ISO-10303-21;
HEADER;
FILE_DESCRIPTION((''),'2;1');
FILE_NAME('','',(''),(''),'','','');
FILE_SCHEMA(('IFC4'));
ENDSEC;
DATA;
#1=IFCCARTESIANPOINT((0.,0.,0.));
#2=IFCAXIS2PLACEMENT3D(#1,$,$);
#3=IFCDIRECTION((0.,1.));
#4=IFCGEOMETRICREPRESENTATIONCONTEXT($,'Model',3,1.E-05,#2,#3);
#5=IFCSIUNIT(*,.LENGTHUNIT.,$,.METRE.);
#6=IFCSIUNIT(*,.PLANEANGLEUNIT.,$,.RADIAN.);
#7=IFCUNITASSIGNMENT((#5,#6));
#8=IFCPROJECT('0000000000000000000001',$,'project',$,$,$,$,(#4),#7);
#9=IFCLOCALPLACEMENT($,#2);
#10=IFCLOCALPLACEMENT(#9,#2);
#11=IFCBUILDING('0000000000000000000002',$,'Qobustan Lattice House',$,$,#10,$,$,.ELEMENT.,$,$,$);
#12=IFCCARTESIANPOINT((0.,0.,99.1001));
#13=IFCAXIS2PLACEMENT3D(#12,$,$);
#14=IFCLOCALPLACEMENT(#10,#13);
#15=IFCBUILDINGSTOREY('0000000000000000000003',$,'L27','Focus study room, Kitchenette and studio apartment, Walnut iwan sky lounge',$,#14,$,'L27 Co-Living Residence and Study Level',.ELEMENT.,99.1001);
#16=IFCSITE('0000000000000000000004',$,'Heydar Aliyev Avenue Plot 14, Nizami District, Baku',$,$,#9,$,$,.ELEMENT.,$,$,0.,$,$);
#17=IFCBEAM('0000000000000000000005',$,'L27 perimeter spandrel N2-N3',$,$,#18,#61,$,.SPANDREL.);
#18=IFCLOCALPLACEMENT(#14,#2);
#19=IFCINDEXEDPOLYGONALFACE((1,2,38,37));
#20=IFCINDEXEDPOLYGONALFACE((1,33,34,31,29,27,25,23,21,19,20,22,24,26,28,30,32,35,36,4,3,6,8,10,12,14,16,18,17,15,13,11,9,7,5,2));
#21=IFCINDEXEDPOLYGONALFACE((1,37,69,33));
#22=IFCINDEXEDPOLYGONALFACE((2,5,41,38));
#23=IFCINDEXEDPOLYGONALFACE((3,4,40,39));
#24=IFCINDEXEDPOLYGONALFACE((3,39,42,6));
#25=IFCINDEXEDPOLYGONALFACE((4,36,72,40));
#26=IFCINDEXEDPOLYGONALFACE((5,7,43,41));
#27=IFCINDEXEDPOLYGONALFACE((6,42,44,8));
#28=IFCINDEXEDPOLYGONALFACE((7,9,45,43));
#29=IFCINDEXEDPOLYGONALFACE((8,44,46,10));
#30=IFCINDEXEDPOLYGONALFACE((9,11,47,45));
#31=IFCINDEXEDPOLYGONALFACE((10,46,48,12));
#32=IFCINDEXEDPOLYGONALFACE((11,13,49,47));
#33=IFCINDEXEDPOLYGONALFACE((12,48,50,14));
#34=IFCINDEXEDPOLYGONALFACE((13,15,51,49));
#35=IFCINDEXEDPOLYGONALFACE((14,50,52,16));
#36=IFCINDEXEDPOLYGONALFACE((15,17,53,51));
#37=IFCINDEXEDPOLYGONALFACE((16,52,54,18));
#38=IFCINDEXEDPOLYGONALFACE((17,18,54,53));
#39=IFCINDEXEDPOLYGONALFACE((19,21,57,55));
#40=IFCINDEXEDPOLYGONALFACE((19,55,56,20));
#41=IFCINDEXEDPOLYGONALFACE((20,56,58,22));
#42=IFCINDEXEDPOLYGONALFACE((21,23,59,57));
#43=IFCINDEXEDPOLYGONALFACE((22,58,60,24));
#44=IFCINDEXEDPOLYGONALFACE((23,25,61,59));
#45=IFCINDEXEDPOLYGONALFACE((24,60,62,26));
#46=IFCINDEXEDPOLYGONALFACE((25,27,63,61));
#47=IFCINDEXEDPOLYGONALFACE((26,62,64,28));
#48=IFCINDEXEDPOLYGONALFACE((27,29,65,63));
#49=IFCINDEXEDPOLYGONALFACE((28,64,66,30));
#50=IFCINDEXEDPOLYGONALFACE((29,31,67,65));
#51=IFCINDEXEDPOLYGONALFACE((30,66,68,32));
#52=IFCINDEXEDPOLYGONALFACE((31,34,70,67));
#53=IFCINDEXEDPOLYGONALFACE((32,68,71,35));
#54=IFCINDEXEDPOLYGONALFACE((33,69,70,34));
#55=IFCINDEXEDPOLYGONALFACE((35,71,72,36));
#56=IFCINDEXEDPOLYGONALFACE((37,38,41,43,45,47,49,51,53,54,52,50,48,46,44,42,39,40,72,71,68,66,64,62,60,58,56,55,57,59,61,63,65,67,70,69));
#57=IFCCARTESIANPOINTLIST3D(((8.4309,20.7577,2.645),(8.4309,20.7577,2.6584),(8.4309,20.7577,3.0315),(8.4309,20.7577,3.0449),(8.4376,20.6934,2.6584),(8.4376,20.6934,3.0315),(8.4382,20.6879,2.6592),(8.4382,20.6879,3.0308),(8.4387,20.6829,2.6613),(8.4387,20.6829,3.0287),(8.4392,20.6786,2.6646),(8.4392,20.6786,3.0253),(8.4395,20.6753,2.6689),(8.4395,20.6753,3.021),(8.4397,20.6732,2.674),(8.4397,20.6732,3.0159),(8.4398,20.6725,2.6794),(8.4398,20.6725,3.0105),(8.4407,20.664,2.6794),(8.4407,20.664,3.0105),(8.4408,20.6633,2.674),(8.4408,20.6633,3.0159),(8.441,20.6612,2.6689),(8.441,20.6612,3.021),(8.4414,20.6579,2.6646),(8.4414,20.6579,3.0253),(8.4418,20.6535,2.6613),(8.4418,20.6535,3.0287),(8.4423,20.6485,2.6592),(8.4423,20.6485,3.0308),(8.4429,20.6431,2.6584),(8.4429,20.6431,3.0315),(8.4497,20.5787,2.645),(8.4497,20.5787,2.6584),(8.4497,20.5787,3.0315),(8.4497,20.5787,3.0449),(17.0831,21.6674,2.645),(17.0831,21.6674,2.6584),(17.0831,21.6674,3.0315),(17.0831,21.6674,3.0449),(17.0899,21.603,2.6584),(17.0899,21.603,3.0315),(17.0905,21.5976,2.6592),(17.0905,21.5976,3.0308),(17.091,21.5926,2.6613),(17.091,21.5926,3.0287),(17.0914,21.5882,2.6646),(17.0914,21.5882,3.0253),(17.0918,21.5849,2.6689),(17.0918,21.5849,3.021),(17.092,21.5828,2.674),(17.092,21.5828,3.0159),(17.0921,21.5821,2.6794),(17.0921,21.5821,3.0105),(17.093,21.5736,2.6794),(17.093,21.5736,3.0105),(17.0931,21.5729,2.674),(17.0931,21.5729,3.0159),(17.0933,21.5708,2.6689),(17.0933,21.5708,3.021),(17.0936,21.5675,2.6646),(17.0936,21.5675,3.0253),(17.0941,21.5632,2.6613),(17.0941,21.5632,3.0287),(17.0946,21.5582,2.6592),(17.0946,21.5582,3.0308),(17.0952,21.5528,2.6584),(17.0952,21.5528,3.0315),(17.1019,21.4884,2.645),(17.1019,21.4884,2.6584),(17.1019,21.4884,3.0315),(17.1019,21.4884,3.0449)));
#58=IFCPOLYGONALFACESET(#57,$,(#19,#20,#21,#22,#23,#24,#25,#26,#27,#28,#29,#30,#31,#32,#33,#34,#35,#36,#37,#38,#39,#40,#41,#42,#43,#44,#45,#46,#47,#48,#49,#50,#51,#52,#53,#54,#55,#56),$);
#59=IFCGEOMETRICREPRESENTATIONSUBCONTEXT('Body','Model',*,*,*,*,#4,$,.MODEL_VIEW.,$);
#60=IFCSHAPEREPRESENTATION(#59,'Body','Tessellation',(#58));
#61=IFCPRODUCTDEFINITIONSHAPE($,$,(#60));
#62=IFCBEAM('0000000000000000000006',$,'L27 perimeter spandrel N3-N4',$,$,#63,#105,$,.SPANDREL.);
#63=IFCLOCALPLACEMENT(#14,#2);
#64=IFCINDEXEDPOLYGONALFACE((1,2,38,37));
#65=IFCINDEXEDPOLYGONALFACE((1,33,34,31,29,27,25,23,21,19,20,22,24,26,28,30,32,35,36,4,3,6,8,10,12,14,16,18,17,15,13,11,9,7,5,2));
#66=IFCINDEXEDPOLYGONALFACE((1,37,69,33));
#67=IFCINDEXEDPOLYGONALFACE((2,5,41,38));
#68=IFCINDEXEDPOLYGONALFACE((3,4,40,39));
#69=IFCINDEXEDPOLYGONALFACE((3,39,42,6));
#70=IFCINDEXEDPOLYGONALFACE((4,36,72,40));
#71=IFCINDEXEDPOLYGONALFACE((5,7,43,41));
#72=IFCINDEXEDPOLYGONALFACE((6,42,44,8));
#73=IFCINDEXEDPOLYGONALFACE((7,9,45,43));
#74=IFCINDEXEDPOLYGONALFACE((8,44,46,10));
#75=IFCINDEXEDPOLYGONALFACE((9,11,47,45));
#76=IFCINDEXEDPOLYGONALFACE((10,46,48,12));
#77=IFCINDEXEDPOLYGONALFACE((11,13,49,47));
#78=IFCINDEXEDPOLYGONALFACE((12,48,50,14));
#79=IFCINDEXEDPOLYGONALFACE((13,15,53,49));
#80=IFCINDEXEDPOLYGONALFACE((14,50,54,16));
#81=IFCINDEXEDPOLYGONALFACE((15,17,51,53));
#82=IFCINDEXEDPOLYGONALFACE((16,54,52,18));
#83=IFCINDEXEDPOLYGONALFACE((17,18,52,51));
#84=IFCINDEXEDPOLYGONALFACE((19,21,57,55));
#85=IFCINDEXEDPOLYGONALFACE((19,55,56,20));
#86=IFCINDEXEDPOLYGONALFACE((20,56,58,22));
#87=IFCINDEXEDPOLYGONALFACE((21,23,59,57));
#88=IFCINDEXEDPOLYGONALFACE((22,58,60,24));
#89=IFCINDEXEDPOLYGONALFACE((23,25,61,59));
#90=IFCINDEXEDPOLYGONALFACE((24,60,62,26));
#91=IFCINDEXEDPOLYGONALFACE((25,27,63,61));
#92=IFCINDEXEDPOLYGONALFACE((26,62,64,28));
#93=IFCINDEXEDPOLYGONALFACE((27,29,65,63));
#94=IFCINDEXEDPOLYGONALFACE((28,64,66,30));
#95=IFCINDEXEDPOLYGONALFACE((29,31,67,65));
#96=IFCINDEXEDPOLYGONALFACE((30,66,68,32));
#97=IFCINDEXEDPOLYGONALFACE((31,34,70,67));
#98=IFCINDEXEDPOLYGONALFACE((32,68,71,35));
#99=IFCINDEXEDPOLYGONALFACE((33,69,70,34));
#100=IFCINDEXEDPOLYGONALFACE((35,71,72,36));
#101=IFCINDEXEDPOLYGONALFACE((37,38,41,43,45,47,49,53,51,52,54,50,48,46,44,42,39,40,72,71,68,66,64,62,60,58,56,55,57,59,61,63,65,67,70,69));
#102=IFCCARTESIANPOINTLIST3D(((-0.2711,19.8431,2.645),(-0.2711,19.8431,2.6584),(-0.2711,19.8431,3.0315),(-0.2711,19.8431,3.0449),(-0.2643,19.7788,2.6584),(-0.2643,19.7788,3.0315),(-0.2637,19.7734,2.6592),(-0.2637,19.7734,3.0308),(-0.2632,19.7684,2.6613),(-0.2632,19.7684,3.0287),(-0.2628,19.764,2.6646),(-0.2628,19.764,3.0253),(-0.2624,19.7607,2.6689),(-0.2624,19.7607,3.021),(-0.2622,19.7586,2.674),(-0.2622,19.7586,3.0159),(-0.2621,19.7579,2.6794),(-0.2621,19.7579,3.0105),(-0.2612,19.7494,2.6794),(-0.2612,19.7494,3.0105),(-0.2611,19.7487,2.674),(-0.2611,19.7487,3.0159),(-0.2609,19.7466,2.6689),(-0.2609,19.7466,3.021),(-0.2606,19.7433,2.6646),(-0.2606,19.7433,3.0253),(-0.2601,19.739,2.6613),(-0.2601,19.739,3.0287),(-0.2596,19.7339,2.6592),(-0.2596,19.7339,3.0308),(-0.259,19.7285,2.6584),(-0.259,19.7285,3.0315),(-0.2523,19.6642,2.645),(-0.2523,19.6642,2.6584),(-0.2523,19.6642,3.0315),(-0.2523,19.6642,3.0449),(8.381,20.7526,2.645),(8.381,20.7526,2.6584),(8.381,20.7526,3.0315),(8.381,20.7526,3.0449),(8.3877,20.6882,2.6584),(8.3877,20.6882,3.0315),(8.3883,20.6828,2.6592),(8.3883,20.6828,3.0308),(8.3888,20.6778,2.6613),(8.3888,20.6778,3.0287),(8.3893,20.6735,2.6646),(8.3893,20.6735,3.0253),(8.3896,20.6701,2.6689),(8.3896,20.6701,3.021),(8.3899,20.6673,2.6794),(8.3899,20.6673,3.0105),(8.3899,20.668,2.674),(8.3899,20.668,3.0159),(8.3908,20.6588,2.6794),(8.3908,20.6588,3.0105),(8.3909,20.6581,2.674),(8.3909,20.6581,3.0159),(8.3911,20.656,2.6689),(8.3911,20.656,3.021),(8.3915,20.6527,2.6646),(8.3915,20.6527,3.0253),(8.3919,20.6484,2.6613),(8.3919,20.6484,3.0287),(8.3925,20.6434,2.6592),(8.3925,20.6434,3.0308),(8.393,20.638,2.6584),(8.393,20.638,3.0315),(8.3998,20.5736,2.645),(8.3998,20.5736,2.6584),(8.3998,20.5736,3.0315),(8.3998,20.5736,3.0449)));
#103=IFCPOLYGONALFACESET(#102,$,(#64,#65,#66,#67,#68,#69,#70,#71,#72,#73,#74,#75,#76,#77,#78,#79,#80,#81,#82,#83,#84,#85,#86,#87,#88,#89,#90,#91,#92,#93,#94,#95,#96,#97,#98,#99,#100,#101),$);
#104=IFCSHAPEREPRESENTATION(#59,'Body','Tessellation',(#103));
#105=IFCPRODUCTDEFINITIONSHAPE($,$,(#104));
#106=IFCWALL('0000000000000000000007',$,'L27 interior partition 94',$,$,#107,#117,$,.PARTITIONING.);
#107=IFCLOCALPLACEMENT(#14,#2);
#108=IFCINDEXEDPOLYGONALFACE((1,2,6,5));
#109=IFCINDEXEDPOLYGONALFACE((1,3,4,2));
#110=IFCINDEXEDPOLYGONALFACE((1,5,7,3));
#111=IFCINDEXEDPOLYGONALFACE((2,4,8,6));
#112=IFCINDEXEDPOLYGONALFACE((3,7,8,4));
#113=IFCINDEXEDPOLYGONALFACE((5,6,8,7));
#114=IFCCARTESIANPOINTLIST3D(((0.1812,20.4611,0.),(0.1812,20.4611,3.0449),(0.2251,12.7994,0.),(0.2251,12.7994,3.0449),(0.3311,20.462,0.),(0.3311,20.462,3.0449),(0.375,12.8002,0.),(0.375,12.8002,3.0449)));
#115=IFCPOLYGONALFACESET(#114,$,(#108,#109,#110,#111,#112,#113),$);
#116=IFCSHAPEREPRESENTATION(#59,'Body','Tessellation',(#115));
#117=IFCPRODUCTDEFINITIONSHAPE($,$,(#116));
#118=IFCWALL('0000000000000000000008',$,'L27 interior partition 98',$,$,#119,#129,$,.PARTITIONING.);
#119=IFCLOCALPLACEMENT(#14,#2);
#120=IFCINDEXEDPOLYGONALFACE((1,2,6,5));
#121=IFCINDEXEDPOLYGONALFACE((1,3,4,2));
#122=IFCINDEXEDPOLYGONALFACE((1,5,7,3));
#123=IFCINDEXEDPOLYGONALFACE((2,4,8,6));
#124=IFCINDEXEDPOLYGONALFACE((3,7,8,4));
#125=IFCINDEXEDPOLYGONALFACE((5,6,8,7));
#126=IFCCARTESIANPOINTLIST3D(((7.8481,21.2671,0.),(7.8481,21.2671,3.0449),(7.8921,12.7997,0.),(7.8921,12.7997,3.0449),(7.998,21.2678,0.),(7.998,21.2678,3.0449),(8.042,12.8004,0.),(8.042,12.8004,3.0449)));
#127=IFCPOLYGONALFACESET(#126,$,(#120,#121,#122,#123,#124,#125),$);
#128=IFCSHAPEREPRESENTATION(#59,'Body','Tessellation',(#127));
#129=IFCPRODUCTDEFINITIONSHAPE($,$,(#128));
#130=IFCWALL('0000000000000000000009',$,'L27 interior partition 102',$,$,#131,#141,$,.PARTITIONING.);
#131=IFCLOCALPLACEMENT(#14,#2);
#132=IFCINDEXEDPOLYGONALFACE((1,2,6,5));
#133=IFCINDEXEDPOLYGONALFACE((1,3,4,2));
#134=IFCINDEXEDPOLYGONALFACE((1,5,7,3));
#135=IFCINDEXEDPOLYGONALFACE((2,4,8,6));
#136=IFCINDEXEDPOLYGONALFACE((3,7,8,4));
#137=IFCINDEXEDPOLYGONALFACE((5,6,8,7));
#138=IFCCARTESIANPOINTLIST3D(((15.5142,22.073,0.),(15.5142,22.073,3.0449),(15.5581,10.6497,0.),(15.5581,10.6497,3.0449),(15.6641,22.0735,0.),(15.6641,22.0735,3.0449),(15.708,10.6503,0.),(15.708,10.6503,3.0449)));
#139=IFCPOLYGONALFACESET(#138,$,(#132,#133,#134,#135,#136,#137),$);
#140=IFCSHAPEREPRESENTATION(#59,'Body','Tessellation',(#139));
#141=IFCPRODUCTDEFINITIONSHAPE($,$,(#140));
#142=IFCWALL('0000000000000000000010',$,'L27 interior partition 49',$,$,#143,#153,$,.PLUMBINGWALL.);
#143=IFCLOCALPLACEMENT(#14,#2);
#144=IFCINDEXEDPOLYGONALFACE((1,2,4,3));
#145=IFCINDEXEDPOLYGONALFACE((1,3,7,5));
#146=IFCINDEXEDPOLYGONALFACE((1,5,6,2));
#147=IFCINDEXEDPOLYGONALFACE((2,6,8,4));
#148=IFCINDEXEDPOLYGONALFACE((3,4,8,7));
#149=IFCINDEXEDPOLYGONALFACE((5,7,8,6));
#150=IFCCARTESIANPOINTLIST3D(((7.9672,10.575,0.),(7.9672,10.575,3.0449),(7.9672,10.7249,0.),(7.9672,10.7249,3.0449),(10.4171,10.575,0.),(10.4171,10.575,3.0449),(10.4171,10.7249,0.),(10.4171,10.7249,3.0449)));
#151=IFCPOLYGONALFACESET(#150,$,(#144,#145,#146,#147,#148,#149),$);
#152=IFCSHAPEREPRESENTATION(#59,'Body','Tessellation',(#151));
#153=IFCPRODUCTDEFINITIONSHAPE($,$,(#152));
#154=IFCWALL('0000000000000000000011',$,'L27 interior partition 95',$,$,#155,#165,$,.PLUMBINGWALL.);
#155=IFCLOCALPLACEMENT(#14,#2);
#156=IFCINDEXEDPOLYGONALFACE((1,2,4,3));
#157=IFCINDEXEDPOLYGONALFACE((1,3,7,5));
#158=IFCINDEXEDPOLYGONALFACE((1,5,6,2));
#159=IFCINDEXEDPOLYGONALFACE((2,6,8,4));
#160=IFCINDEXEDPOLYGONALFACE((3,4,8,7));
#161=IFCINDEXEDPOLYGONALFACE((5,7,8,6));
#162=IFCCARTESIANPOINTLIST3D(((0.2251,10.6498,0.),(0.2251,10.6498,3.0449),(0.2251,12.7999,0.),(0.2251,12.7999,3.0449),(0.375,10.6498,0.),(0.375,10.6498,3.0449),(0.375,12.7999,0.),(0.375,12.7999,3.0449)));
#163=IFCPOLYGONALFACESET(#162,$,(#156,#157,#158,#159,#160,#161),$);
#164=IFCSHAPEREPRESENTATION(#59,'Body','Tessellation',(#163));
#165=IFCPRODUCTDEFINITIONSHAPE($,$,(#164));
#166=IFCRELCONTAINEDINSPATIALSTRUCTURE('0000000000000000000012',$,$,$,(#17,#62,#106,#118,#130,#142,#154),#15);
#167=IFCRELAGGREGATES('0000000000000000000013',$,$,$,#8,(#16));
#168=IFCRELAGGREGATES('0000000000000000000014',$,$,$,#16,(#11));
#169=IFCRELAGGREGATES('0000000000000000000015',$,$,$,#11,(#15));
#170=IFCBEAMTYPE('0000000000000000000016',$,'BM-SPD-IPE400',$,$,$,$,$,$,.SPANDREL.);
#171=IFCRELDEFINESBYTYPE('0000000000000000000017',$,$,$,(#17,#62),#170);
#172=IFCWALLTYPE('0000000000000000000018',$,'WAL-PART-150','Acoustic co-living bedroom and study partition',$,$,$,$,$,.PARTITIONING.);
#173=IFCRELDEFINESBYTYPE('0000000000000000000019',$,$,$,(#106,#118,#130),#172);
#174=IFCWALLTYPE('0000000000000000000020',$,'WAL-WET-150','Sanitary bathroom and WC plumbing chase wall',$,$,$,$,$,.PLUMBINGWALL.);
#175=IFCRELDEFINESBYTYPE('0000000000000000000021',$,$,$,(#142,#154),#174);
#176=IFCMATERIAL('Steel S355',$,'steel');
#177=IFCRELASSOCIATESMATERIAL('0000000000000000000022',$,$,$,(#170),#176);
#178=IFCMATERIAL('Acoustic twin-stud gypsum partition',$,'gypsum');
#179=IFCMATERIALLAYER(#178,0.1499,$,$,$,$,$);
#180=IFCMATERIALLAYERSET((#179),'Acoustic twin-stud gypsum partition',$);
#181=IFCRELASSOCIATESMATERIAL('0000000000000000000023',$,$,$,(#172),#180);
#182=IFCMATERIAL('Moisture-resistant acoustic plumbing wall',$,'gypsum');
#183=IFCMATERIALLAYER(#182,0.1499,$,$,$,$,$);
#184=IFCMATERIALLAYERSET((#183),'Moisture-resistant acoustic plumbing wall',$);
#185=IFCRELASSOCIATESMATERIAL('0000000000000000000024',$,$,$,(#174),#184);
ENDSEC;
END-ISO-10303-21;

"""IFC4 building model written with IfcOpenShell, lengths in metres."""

from ifc_helpers import new_model, si_unit, direction, frame, frame_2d, origin, origin_2d, place, context, subcontext, project, spatial, rectangle, i_section, extrude, material, layer, layer_set, material_profile, profile_set, type_object, element, save


model = new_model("IFC4")

# Units and contexts
model_context = context("Model", 3, precision=1e-05, world=origin(), true_north=direction((0.0, 1.0)))
body_context = subcontext(model_context, "Body", "Model", "MODEL_VIEW")
ifc_project = project(units=[si_unit("LENGTHUNIT", "METRE"), si_unit("PLANEANGLEUNIT", "RADIAN")], contexts=[model_context])

# Site, building, storey
site_placement = place(None, origin())
site = spatial("IfcSite", under=ifc_project, at=site_placement, Name="Heydar Aliyev Avenue Plot 14, Nizami District, Baku", CompositionType="ELEMENT", RefElevation=0.0)
building_placement = place(site_placement, origin())
building = spatial("IfcBuilding", under=site, at=building_placement, Name="Qobustan Lattice House", CompositionType="ELEMENT")
storey_placement = place(building_placement, frame((0.0, 0.0, 99.1001)))
storey = spatial("IfcBuildingStorey", under=building, at=storey_placement, Name="L27", Description="Focus study room, Kitchenette and studio apartment, Walnut iwan sky lounge", LongName="L27 Co-Living Residence and Study Level", CompositionType="ELEMENT", Elevation=99.1001)

# Beams
ifc_material_1 = material(Name="Steel S355", Category="steel")
ifc_material_profile_1 = material_profile(ifc_material_1, i_section(OverallWidth=0.1799, OverallDepth=0.3999, WebThickness=0.0085, FlangeThickness=0.0134, FilletRadius=0.021, at=origin_2d()), Name="IPE400")
ifc_profile_set_1 = profile_set([ifc_material_profile_1], Name="Steel S355")
beam_type_1 = type_object("IfcBeamType", Name="BM-SPD-IPE400", PredefinedType="SPANDREL", material=ifc_profile_set_1)
beam_1_placement = place(storey_placement, frame((17.0925, 21.5779, 2.845), z_axis=(-0.994519, -0.104559, 0.0), x_axis=(0.104559, -0.994519, 0.0)))
element("IfcBeam", 1, at=beam_1_placement, inside=storey, type_object=beam_type_1, Name="L27 perimeter spandrel N2-N3", PredefinedType="SPANDREL", context=body_context, shape_type="SweptSolid", body=[
    extrude(i_section(OverallWidth=0.1799, OverallDepth=0.3999, WebThickness=0.0085, FlangeThickness=0.0134, FilletRadius=0.021, at=origin_2d()), origin(), (0.0, 0.0, 1.0), 8.7),
])
beam_2_placement = place(storey_placement, frame((8.3904, 20.6631, 2.845), z_axis=(-0.994521, -0.104534, 0.0), x_axis=(0.104534, -0.994521, 0.0)))
element("IfcBeam", 2, at=beam_2_placement, inside=storey, type_object=beam_type_1, Name="L27 perimeter spandrel N3-N4", PredefinedType="SPANDREL", context=body_context, shape_type="SweptSolid", body=[
    extrude(i_section(OverallWidth=0.1799, OverallDepth=0.3999, WebThickness=0.0085, FlangeThickness=0.0134, FilletRadius=0.021, at=origin_2d()), origin(), (0.0, 0.0, 1.0), 8.6997),
])

# Shared definitions
ifc_material_2 = material(Name="Acoustic twin-stud gypsum partition", Category="gypsum")
ifc_layer_1 = layer(ifc_material_2, 0.1499)
ifc_layer_set_1 = layer_set([ifc_layer_1], Name="Acoustic twin-stud gypsum partition")
wall_type_1 = type_object("IfcWallType", Name="WAL-PART-150", Description="Acoustic co-living bedroom and study partition", PredefinedType="PARTITIONING", material=ifc_layer_set_1)

# Walls
wall_1_placement = place(storey_placement, frame((0.2561, 20.4617, 0.0), z_axis=(0.0, 0.0, 1.0), x_axis=(0.005736, -0.999984, 0.0)))
element("IfcWall", 3, at=wall_1_placement, inside=storey, type_object=wall_type_1, Name="L27 interior partition 94", PredefinedType="PARTITIONING", context=body_context, shape_type="SweptSolid", body=[
    extrude(rectangle(XDim=7.6619, YDim=0.1499, at=frame_2d((3.8311, 0.0))), origin(), (0.0, 0.0, 1.0), 3.0449),
])
wall_2_placement = place(storey_placement, frame((7.9231, 21.2676, 0.0), z_axis=(0.0, 0.0, 1.0), x_axis=(0.00519, -0.999987, 0.0)))
element("IfcWall", 4, at=wall_2_placement, inside=storey, type_object=wall_type_1, Name="L27 interior partition 98", PredefinedType="PARTITIONING", context=body_context, shape_type="SweptSolid", body=[
    extrude(rectangle(XDim=8.4675, YDim=0.1499, at=frame_2d((4.2339, 0.0))), origin(), (0.0, 0.0, 1.0), 3.0449),
])
wall_3_placement = place(storey_placement, frame((15.5891, 22.0732, 0.0), z_axis=(0.0, 0.0, 1.0), x_axis=(0.003847, -0.999993, 0.0)))
element("IfcWall", 5, at=wall_3_placement, inside=storey, type_object=wall_type_1, Name="L27 interior partition 102", PredefinedType="PARTITIONING", context=body_context, shape_type="SweptSolid", body=[
    extrude(rectangle(XDim=11.4233, YDim=0.1499, at=frame_2d((5.7117, 0.0))), origin(), (0.0, 0.0, 1.0), 3.0449),
])
ifc_material_3 = material(Name="Moisture-resistant acoustic plumbing wall", Category="gypsum")
ifc_layer_2 = layer(ifc_material_3, 0.1499)
ifc_layer_set_2 = layer_set([ifc_layer_2], Name="Moisture-resistant acoustic plumbing wall")
wall_type_2 = type_object("IfcWallType", Name="WAL-WET-150", Description="Sanitary bathroom and WC plumbing chase wall", PredefinedType="PLUMBINGWALL", material=ifc_layer_set_2)
wall_4_placement = place(storey_placement, frame((7.967, 10.6499, 0.0), z_axis=(0.0, 0.0, 1.0), x_axis=(1.0, 0.0, 0.0)))
element("IfcWall", 6, at=wall_4_placement, inside=storey, type_object=wall_type_2, Name="L27 interior partition 49", PredefinedType="PLUMBINGWALL", context=body_context, shape_type="SweptSolid", body=[
    extrude(rectangle(XDim=2.45, YDim=0.1499, at=frame_2d((1.2251, 0.0))), origin(), (0.0, 0.0, 1.0), 3.0449),
])
wall_5_placement = place(storey_placement, frame((0.3, 12.8, 0.0), z_axis=(0.0, 0.0, 1.0), x_axis=(0.0, -1.0, 0.0)))
element("IfcWall", 7, at=wall_5_placement, inside=storey, type_object=wall_type_2, Name="L27 interior partition 95", PredefinedType="PLUMBINGWALL", context=body_context, shape_type="SweptSolid", body=[
    extrude(rectangle(XDim=2.1501, YDim=0.1499, at=frame_2d((1.0752, 0.0))), origin(), (0.0, 0.0, 1.0), 3.0449),
])

save(model, "model.ifc")
